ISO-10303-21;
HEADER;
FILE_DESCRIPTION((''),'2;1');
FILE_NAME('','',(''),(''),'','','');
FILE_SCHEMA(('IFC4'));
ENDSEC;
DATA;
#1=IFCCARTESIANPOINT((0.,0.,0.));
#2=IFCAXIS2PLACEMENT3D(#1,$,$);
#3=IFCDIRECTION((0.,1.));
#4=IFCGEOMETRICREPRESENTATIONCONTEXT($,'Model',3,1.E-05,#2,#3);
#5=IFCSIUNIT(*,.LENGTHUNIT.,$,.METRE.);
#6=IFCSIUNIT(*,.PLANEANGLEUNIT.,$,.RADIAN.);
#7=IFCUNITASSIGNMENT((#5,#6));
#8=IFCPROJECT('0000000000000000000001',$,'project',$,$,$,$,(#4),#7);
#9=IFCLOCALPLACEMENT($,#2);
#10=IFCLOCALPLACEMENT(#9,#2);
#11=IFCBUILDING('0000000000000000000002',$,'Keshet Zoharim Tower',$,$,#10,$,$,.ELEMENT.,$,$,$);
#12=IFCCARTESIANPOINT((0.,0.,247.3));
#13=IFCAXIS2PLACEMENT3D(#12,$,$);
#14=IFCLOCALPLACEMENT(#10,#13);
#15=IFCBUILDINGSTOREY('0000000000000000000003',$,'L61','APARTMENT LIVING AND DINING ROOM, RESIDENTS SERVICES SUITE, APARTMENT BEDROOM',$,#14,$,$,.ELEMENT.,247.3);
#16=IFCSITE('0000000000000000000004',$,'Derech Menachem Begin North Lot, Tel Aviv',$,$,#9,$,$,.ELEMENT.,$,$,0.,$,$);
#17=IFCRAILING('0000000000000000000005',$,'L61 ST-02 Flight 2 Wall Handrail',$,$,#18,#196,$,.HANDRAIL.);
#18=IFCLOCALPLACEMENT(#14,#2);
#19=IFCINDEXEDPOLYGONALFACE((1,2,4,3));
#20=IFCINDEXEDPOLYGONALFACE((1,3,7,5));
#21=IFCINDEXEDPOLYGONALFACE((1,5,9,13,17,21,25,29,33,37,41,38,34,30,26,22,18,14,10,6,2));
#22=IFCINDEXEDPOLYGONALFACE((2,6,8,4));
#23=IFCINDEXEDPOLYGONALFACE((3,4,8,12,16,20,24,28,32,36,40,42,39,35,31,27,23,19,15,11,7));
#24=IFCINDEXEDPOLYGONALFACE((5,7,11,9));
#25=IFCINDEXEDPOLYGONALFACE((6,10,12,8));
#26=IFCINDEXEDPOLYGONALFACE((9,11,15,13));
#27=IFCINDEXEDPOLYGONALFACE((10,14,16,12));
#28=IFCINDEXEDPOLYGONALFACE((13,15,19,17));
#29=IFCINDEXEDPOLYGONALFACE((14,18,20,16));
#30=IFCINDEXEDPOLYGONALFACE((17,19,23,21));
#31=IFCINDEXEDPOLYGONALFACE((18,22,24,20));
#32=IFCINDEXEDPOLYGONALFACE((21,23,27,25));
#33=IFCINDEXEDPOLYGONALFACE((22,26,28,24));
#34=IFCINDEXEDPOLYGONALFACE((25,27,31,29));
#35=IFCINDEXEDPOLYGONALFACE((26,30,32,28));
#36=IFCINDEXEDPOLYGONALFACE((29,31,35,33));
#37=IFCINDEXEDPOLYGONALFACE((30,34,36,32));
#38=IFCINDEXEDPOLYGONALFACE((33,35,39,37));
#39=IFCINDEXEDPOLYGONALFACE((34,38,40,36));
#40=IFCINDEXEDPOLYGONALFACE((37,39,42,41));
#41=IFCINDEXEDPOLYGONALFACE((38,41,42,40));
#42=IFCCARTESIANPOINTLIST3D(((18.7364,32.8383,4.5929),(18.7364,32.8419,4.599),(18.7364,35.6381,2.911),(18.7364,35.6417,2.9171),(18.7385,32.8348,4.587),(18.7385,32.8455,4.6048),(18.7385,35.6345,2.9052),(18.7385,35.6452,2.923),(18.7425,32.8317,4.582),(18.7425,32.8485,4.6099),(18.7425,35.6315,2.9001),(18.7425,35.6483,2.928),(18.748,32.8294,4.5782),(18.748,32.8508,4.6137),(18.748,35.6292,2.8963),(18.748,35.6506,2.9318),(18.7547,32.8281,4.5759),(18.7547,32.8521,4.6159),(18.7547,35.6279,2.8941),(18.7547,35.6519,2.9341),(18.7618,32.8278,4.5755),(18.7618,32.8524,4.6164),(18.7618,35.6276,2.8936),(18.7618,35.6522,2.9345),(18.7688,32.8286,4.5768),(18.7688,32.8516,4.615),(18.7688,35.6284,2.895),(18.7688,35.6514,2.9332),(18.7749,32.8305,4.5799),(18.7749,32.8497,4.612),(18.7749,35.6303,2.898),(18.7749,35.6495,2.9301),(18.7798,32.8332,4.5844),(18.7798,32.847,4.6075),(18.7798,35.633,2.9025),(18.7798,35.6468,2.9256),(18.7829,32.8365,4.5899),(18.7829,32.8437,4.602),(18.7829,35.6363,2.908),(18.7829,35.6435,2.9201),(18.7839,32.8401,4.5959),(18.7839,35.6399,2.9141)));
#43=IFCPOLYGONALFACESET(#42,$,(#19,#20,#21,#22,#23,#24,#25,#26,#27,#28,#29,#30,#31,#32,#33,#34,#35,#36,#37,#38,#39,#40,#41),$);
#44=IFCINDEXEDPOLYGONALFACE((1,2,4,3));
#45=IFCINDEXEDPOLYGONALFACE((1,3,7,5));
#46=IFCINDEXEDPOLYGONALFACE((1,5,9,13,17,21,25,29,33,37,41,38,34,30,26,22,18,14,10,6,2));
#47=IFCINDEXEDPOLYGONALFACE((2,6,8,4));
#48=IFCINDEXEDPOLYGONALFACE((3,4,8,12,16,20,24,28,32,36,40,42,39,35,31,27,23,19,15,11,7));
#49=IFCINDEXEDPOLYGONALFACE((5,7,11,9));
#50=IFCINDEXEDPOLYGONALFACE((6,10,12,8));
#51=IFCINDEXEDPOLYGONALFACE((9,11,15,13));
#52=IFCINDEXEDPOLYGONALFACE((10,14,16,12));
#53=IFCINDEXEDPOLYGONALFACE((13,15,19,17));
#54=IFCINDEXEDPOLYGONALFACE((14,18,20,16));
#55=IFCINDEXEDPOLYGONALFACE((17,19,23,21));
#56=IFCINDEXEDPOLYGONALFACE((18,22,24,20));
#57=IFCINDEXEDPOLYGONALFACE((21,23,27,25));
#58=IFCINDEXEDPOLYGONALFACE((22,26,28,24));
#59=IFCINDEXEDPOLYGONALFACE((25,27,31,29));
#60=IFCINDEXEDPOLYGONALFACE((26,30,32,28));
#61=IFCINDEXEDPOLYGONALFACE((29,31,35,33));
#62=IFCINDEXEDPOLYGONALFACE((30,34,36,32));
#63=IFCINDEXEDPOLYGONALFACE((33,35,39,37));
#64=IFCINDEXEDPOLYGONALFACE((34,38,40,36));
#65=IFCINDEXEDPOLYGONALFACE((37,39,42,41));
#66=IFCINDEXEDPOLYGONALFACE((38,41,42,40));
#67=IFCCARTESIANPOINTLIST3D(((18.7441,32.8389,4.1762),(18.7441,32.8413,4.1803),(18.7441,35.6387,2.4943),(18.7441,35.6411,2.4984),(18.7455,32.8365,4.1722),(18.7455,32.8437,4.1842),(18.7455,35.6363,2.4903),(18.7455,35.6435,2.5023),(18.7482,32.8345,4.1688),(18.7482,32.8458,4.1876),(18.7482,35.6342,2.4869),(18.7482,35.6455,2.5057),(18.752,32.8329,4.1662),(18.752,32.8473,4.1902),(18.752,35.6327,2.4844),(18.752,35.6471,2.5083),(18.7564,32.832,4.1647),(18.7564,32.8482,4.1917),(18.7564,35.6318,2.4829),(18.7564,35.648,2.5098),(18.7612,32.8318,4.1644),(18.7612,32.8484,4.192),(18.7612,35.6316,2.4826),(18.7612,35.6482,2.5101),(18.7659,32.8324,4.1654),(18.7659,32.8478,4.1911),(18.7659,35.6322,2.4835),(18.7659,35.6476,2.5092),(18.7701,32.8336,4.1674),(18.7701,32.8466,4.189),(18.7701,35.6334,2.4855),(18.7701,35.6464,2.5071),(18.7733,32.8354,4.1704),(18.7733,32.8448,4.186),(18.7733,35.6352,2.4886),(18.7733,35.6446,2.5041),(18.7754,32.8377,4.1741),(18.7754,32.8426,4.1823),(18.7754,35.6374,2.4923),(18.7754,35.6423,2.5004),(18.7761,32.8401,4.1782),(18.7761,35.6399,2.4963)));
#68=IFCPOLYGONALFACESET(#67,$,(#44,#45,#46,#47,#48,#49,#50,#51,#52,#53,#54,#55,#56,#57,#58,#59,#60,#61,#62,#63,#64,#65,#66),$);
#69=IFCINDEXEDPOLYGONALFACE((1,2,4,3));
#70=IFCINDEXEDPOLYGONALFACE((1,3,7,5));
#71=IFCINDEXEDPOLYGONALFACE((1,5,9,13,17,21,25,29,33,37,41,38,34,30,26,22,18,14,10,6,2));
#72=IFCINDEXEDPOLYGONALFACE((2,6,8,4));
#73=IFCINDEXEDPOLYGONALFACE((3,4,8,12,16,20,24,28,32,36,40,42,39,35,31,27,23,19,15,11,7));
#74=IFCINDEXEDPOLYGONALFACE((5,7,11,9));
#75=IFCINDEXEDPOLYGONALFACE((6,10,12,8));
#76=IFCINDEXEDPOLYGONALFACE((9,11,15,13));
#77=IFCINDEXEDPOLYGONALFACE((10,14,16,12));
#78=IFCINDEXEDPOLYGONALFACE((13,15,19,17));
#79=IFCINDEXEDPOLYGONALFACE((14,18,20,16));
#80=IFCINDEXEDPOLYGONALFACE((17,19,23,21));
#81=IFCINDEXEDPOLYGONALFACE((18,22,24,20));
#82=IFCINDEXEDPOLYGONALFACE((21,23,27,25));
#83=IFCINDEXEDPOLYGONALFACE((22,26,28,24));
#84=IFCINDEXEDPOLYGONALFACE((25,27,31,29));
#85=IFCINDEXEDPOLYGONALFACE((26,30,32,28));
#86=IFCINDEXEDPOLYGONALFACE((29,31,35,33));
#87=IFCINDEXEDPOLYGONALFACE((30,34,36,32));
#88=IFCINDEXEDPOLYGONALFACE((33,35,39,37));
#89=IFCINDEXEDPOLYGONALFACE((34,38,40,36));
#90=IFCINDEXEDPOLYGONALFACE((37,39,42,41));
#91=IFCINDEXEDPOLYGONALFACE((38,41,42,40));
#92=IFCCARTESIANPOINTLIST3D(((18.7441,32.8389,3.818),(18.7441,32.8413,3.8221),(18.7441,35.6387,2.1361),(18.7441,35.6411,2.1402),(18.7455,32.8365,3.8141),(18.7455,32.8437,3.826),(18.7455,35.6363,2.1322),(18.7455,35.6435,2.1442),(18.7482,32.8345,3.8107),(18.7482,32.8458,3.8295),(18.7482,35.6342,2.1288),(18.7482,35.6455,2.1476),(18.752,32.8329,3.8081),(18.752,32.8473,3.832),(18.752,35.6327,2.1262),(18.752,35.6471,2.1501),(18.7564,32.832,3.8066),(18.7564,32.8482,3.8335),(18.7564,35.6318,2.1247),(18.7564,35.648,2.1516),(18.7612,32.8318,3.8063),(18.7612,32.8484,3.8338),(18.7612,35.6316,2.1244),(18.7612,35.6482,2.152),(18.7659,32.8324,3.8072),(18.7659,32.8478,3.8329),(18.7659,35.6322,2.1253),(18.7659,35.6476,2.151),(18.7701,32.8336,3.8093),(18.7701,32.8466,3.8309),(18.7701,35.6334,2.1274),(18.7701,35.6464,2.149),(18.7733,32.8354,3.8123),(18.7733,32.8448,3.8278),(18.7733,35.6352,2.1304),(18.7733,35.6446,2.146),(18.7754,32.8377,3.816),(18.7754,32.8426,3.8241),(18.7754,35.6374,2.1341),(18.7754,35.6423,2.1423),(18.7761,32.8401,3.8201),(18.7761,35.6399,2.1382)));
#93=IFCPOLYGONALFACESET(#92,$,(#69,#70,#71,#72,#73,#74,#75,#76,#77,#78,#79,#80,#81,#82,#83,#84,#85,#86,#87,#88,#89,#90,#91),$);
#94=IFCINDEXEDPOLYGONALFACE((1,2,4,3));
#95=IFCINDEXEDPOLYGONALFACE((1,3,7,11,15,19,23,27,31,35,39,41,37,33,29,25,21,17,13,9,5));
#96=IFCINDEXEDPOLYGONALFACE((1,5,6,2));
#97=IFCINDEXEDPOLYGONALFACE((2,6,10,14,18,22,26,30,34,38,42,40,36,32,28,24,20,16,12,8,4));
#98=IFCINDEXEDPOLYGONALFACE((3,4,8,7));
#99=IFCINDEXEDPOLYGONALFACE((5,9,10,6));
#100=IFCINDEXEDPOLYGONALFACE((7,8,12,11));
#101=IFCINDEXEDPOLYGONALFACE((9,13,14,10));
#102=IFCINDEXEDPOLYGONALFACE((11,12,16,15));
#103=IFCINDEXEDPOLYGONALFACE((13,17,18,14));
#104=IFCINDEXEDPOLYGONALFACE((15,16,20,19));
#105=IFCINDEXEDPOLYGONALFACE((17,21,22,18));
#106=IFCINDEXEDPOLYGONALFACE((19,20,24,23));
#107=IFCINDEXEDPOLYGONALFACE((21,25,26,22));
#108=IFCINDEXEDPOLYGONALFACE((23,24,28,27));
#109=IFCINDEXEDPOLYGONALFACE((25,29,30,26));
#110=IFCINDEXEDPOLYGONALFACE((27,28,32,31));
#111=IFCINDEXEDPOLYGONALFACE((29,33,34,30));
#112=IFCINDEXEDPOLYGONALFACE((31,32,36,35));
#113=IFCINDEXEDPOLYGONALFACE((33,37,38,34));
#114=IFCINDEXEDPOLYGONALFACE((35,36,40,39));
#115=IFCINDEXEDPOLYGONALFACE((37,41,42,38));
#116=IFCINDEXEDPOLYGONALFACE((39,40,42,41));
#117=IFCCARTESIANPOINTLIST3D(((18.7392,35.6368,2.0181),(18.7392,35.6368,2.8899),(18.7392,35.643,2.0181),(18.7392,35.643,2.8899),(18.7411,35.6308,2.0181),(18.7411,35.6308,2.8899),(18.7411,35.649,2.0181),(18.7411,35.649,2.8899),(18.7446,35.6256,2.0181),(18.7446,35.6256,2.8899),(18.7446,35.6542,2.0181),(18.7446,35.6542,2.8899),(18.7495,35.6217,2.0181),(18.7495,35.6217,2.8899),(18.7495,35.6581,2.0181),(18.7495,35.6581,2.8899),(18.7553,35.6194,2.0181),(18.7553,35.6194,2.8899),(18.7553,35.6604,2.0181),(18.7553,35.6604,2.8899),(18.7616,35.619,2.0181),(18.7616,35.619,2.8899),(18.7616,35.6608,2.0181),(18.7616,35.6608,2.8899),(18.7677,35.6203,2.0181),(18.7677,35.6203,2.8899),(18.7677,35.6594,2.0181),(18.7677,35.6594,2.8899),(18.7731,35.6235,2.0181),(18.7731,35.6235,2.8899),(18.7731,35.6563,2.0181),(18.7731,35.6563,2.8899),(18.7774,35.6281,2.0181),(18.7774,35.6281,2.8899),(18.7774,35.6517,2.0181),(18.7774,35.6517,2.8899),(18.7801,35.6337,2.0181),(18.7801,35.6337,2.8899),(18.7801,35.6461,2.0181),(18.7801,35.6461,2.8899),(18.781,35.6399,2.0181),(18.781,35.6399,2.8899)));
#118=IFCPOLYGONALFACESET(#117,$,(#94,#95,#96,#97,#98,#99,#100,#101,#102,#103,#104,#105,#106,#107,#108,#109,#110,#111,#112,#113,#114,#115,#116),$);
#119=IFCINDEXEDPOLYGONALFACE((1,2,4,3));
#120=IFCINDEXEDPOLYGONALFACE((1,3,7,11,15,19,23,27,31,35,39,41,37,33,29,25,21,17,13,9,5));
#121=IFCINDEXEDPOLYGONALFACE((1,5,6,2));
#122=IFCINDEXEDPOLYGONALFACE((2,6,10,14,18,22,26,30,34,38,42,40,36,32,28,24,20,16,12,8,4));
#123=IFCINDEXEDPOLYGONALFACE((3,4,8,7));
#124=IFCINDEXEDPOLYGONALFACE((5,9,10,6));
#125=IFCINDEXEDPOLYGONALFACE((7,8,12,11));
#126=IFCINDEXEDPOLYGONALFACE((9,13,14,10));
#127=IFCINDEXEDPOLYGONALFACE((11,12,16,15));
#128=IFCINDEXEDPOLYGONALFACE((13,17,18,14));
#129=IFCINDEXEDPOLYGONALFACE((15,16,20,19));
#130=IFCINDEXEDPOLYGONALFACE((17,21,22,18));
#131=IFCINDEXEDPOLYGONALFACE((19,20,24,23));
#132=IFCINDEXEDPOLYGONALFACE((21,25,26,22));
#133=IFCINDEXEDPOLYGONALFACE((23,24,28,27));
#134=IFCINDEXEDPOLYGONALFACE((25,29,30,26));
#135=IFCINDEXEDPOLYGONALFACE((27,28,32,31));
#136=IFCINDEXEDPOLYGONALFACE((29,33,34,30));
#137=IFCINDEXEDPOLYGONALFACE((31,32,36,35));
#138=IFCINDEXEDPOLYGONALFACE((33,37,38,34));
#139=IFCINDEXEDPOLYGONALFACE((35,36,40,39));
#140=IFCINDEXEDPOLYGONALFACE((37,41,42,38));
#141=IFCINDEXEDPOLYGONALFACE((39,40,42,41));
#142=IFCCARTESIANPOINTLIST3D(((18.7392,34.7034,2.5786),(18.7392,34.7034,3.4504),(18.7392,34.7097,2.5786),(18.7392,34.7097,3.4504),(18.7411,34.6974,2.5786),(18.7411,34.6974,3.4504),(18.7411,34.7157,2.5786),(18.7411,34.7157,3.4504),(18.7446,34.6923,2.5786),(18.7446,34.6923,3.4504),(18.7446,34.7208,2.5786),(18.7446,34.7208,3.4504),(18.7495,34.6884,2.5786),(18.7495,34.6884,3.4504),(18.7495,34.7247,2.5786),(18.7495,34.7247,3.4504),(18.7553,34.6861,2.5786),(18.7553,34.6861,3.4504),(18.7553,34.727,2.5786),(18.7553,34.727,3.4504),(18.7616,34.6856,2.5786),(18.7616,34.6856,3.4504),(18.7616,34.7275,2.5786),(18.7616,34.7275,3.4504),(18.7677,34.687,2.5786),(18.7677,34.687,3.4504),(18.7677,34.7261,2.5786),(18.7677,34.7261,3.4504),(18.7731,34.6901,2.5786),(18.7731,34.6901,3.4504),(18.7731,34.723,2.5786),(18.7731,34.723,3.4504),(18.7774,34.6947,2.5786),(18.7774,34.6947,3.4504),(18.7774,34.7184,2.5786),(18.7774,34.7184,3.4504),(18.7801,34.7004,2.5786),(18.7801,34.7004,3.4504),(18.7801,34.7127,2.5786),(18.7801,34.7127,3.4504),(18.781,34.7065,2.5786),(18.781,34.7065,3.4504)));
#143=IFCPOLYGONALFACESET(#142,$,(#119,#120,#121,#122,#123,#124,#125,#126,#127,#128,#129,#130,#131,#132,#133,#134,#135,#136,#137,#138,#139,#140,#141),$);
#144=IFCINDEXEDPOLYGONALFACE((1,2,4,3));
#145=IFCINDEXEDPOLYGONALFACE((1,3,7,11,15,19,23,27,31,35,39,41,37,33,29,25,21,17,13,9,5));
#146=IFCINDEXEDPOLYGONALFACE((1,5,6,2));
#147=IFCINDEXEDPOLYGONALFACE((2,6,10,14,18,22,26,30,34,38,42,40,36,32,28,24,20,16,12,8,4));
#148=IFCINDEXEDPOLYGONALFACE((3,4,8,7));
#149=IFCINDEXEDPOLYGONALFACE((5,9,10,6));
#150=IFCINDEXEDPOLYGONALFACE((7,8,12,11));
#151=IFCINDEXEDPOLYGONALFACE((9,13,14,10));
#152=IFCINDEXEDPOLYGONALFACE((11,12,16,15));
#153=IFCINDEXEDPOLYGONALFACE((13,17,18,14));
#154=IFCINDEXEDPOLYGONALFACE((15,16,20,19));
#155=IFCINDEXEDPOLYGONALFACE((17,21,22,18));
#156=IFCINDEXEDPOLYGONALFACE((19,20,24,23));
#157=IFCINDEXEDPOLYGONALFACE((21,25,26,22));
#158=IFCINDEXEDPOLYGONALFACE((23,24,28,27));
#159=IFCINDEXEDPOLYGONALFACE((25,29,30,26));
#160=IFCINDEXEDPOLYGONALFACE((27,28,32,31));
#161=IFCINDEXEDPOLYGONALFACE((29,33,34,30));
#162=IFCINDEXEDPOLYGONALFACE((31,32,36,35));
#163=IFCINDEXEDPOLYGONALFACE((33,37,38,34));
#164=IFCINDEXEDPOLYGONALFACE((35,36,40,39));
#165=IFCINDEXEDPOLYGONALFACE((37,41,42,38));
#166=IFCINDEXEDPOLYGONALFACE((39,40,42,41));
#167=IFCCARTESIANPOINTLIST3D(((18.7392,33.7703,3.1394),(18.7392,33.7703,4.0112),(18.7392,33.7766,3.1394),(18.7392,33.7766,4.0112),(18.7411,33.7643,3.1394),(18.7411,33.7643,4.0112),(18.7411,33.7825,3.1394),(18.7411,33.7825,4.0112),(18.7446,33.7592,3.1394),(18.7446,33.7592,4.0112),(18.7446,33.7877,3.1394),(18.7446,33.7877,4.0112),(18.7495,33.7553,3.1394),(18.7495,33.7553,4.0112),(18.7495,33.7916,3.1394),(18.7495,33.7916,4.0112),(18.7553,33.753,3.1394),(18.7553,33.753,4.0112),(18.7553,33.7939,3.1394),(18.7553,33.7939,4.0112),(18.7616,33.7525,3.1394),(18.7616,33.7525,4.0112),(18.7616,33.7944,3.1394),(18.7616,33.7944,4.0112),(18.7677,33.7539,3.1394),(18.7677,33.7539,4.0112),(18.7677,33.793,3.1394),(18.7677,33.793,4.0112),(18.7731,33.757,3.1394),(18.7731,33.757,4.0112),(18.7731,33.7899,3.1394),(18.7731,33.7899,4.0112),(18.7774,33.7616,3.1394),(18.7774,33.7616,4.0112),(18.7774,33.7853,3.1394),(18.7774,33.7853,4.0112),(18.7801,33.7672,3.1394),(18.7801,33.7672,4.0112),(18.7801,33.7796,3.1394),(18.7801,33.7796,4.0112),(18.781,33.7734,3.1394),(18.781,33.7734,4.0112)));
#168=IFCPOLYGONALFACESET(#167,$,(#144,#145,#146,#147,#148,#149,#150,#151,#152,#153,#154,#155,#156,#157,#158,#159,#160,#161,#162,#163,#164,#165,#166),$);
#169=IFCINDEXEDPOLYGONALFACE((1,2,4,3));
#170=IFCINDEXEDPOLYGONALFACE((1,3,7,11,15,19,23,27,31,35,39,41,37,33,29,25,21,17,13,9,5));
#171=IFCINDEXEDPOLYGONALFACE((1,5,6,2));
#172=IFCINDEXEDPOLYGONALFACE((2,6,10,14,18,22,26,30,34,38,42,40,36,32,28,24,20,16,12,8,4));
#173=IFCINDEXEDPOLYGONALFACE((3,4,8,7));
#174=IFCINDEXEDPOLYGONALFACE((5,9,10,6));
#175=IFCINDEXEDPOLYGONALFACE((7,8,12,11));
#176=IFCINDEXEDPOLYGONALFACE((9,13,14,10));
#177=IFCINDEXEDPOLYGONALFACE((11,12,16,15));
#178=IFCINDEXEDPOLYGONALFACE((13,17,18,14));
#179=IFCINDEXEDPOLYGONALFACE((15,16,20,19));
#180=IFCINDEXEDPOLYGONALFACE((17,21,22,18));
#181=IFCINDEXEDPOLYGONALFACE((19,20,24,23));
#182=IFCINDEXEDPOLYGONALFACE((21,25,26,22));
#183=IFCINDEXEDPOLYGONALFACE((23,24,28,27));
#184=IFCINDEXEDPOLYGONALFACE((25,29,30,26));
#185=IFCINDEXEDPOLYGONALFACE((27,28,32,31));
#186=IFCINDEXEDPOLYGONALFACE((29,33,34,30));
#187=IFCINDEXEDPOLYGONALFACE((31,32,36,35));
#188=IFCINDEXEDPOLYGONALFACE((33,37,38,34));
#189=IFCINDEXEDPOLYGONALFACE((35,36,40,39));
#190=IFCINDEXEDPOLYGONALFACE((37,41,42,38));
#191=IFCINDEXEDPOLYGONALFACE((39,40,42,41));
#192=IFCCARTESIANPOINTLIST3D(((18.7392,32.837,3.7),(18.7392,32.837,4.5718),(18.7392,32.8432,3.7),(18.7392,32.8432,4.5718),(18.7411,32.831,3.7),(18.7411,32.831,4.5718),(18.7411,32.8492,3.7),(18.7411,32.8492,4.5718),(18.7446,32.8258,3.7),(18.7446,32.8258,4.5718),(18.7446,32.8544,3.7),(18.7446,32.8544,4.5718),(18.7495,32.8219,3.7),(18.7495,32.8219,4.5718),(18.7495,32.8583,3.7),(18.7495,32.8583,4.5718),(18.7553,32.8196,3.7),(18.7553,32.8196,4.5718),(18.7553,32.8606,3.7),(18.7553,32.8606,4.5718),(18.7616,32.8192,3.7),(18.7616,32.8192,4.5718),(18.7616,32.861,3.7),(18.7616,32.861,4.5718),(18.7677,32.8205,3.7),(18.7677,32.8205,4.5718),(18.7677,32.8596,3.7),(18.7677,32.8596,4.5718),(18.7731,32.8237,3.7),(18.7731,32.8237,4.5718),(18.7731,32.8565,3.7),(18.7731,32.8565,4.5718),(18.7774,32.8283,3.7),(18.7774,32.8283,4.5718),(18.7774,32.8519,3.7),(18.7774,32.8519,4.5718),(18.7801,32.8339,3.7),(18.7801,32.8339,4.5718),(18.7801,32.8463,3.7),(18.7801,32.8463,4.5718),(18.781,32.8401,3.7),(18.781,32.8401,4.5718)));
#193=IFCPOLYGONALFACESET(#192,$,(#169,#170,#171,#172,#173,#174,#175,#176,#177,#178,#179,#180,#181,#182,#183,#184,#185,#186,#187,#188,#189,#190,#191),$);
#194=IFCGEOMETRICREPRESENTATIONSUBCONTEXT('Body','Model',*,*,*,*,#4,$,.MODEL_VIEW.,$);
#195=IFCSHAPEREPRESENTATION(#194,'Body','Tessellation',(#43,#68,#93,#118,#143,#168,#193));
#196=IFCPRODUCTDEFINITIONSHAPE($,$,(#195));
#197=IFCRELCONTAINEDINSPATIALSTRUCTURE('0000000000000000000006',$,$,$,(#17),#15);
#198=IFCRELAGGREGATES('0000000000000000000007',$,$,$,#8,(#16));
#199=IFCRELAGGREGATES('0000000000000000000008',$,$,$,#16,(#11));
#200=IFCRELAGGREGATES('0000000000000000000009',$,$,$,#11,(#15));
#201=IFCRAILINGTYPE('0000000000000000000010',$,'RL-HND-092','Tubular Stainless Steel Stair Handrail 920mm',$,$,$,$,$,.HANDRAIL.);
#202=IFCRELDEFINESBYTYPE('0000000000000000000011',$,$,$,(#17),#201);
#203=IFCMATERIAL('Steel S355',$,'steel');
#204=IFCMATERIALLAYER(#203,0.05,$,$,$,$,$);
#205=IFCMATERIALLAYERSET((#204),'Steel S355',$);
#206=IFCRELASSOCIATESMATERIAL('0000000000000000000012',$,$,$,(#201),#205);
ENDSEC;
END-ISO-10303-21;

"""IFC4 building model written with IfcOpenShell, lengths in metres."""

from ifc_helpers import new_model, si_unit, direction, frame, origin, origin_2d, place, context, subcontext, project, spatial, circle, extrude, material, layer, layer_set, type_object, element, save


model = new_model("IFC4")

# Units and contexts
model_context = context("Model", 3, precision=1e-05, world=origin(), true_north=direction((0.0, 1.0)))
body_context = subcontext(model_context, "Body", "Model", "MODEL_VIEW")
ifc_project = project(units=[si_unit("LENGTHUNIT", "METRE"), si_unit("PLANEANGLEUNIT", "RADIAN")], contexts=[model_context])

# Site, building, storey
site_placement = place(None, origin())
site = spatial("IfcSite", under=ifc_project, at=site_placement, Name="Derech Menachem Begin North Lot, Tel Aviv", CompositionType="ELEMENT", RefElevation=0.0)
building_placement = place(site_placement, origin())
building = spatial("IfcBuilding", under=site, at=building_placement, Name="Keshet Zoharim Tower", CompositionType="ELEMENT")
storey_placement = place(building_placement, frame((0.0, 0.0, 247.3)))
storey = spatial("IfcBuildingStorey", under=building, at=storey_placement, Name="L61", Description="APARTMENT LIVING AND DINING ROOM, RESIDENTS SERVICES SUITE, APARTMENT BEDROOM", CompositionType="ELEMENT", Elevation=247.3)

# Shared definitions
ifc_material_1 = material(Name="Steel S355", Category="steel")

# Railing
ifc_layer_1 = layer(ifc_material_1, 0.05)
ifc_layer_set_1 = layer_set([ifc_layer_1], Name="Steel S355")
railing_type_1 = type_object("IfcRailingType", Name="RL-HND-092", Description="Tubular Stainless Steel Stair Handrail 920mm", PredefinedType="HANDRAIL", material=ifc_layer_set_1)
railing_1_placement = place(storey_placement, frame((18.76, 35.6399, 2.0181)))
element("IfcRailing", 1, at=railing_1_placement, inside=storey, type_object=railing_type_1, Name="L61 ST-02 Flight 2 Wall Handrail", PredefinedType="HANDRAIL", context=body_context, shape_type="SweptSolid", body=[
    extrude(circle(Radius=0.0239, at=origin_2d()), frame((0.0, 0.0, 0.896), z_axis=(0.0, -0.857222, 0.514946), x_axis=(1.0, 0.0, 0.0)), (0.0, 0.0, 1.0), 3.2661),
    extrude(circle(Radius=0.0161, at=origin_2d()), frame((0.0, 0.0, 0.4783), z_axis=(0.0, -0.857222, 0.514946), x_axis=(1.0, 0.0, 0.0)), (0.0, 0.0, 1.0), 3.2661),
    extrude(circle(Radius=0.0161, at=origin_2d()), frame((0.0, 0.0, 0.1201), z_axis=(0.0, -0.857222, 0.514946), x_axis=(1.0, 0.0, 0.0)), (0.0, 0.0, 1.0), 3.2661),
    extrude(circle(Radius=0.021, at=origin_2d()), origin(), (0.0, 0.0, 1.0), 0.8718),
    extrude(circle(Radius=0.021, at=origin_2d()), frame((0.0, -0.9333, 0.5605)), (0.0, 0.0, 1.0), 0.8718),
    extrude(circle(Radius=0.021, at=origin_2d()), frame((0.0, -1.8665, 1.1213)), (0.0, 0.0, 1.0), 0.8718),
    extrude(circle(Radius=0.021, at=origin_2d()), frame((0.0, -2.7998, 1.6819)), (0.0, 0.0, 1.0), 0.8718),
])

save(model, "model.ifc")
